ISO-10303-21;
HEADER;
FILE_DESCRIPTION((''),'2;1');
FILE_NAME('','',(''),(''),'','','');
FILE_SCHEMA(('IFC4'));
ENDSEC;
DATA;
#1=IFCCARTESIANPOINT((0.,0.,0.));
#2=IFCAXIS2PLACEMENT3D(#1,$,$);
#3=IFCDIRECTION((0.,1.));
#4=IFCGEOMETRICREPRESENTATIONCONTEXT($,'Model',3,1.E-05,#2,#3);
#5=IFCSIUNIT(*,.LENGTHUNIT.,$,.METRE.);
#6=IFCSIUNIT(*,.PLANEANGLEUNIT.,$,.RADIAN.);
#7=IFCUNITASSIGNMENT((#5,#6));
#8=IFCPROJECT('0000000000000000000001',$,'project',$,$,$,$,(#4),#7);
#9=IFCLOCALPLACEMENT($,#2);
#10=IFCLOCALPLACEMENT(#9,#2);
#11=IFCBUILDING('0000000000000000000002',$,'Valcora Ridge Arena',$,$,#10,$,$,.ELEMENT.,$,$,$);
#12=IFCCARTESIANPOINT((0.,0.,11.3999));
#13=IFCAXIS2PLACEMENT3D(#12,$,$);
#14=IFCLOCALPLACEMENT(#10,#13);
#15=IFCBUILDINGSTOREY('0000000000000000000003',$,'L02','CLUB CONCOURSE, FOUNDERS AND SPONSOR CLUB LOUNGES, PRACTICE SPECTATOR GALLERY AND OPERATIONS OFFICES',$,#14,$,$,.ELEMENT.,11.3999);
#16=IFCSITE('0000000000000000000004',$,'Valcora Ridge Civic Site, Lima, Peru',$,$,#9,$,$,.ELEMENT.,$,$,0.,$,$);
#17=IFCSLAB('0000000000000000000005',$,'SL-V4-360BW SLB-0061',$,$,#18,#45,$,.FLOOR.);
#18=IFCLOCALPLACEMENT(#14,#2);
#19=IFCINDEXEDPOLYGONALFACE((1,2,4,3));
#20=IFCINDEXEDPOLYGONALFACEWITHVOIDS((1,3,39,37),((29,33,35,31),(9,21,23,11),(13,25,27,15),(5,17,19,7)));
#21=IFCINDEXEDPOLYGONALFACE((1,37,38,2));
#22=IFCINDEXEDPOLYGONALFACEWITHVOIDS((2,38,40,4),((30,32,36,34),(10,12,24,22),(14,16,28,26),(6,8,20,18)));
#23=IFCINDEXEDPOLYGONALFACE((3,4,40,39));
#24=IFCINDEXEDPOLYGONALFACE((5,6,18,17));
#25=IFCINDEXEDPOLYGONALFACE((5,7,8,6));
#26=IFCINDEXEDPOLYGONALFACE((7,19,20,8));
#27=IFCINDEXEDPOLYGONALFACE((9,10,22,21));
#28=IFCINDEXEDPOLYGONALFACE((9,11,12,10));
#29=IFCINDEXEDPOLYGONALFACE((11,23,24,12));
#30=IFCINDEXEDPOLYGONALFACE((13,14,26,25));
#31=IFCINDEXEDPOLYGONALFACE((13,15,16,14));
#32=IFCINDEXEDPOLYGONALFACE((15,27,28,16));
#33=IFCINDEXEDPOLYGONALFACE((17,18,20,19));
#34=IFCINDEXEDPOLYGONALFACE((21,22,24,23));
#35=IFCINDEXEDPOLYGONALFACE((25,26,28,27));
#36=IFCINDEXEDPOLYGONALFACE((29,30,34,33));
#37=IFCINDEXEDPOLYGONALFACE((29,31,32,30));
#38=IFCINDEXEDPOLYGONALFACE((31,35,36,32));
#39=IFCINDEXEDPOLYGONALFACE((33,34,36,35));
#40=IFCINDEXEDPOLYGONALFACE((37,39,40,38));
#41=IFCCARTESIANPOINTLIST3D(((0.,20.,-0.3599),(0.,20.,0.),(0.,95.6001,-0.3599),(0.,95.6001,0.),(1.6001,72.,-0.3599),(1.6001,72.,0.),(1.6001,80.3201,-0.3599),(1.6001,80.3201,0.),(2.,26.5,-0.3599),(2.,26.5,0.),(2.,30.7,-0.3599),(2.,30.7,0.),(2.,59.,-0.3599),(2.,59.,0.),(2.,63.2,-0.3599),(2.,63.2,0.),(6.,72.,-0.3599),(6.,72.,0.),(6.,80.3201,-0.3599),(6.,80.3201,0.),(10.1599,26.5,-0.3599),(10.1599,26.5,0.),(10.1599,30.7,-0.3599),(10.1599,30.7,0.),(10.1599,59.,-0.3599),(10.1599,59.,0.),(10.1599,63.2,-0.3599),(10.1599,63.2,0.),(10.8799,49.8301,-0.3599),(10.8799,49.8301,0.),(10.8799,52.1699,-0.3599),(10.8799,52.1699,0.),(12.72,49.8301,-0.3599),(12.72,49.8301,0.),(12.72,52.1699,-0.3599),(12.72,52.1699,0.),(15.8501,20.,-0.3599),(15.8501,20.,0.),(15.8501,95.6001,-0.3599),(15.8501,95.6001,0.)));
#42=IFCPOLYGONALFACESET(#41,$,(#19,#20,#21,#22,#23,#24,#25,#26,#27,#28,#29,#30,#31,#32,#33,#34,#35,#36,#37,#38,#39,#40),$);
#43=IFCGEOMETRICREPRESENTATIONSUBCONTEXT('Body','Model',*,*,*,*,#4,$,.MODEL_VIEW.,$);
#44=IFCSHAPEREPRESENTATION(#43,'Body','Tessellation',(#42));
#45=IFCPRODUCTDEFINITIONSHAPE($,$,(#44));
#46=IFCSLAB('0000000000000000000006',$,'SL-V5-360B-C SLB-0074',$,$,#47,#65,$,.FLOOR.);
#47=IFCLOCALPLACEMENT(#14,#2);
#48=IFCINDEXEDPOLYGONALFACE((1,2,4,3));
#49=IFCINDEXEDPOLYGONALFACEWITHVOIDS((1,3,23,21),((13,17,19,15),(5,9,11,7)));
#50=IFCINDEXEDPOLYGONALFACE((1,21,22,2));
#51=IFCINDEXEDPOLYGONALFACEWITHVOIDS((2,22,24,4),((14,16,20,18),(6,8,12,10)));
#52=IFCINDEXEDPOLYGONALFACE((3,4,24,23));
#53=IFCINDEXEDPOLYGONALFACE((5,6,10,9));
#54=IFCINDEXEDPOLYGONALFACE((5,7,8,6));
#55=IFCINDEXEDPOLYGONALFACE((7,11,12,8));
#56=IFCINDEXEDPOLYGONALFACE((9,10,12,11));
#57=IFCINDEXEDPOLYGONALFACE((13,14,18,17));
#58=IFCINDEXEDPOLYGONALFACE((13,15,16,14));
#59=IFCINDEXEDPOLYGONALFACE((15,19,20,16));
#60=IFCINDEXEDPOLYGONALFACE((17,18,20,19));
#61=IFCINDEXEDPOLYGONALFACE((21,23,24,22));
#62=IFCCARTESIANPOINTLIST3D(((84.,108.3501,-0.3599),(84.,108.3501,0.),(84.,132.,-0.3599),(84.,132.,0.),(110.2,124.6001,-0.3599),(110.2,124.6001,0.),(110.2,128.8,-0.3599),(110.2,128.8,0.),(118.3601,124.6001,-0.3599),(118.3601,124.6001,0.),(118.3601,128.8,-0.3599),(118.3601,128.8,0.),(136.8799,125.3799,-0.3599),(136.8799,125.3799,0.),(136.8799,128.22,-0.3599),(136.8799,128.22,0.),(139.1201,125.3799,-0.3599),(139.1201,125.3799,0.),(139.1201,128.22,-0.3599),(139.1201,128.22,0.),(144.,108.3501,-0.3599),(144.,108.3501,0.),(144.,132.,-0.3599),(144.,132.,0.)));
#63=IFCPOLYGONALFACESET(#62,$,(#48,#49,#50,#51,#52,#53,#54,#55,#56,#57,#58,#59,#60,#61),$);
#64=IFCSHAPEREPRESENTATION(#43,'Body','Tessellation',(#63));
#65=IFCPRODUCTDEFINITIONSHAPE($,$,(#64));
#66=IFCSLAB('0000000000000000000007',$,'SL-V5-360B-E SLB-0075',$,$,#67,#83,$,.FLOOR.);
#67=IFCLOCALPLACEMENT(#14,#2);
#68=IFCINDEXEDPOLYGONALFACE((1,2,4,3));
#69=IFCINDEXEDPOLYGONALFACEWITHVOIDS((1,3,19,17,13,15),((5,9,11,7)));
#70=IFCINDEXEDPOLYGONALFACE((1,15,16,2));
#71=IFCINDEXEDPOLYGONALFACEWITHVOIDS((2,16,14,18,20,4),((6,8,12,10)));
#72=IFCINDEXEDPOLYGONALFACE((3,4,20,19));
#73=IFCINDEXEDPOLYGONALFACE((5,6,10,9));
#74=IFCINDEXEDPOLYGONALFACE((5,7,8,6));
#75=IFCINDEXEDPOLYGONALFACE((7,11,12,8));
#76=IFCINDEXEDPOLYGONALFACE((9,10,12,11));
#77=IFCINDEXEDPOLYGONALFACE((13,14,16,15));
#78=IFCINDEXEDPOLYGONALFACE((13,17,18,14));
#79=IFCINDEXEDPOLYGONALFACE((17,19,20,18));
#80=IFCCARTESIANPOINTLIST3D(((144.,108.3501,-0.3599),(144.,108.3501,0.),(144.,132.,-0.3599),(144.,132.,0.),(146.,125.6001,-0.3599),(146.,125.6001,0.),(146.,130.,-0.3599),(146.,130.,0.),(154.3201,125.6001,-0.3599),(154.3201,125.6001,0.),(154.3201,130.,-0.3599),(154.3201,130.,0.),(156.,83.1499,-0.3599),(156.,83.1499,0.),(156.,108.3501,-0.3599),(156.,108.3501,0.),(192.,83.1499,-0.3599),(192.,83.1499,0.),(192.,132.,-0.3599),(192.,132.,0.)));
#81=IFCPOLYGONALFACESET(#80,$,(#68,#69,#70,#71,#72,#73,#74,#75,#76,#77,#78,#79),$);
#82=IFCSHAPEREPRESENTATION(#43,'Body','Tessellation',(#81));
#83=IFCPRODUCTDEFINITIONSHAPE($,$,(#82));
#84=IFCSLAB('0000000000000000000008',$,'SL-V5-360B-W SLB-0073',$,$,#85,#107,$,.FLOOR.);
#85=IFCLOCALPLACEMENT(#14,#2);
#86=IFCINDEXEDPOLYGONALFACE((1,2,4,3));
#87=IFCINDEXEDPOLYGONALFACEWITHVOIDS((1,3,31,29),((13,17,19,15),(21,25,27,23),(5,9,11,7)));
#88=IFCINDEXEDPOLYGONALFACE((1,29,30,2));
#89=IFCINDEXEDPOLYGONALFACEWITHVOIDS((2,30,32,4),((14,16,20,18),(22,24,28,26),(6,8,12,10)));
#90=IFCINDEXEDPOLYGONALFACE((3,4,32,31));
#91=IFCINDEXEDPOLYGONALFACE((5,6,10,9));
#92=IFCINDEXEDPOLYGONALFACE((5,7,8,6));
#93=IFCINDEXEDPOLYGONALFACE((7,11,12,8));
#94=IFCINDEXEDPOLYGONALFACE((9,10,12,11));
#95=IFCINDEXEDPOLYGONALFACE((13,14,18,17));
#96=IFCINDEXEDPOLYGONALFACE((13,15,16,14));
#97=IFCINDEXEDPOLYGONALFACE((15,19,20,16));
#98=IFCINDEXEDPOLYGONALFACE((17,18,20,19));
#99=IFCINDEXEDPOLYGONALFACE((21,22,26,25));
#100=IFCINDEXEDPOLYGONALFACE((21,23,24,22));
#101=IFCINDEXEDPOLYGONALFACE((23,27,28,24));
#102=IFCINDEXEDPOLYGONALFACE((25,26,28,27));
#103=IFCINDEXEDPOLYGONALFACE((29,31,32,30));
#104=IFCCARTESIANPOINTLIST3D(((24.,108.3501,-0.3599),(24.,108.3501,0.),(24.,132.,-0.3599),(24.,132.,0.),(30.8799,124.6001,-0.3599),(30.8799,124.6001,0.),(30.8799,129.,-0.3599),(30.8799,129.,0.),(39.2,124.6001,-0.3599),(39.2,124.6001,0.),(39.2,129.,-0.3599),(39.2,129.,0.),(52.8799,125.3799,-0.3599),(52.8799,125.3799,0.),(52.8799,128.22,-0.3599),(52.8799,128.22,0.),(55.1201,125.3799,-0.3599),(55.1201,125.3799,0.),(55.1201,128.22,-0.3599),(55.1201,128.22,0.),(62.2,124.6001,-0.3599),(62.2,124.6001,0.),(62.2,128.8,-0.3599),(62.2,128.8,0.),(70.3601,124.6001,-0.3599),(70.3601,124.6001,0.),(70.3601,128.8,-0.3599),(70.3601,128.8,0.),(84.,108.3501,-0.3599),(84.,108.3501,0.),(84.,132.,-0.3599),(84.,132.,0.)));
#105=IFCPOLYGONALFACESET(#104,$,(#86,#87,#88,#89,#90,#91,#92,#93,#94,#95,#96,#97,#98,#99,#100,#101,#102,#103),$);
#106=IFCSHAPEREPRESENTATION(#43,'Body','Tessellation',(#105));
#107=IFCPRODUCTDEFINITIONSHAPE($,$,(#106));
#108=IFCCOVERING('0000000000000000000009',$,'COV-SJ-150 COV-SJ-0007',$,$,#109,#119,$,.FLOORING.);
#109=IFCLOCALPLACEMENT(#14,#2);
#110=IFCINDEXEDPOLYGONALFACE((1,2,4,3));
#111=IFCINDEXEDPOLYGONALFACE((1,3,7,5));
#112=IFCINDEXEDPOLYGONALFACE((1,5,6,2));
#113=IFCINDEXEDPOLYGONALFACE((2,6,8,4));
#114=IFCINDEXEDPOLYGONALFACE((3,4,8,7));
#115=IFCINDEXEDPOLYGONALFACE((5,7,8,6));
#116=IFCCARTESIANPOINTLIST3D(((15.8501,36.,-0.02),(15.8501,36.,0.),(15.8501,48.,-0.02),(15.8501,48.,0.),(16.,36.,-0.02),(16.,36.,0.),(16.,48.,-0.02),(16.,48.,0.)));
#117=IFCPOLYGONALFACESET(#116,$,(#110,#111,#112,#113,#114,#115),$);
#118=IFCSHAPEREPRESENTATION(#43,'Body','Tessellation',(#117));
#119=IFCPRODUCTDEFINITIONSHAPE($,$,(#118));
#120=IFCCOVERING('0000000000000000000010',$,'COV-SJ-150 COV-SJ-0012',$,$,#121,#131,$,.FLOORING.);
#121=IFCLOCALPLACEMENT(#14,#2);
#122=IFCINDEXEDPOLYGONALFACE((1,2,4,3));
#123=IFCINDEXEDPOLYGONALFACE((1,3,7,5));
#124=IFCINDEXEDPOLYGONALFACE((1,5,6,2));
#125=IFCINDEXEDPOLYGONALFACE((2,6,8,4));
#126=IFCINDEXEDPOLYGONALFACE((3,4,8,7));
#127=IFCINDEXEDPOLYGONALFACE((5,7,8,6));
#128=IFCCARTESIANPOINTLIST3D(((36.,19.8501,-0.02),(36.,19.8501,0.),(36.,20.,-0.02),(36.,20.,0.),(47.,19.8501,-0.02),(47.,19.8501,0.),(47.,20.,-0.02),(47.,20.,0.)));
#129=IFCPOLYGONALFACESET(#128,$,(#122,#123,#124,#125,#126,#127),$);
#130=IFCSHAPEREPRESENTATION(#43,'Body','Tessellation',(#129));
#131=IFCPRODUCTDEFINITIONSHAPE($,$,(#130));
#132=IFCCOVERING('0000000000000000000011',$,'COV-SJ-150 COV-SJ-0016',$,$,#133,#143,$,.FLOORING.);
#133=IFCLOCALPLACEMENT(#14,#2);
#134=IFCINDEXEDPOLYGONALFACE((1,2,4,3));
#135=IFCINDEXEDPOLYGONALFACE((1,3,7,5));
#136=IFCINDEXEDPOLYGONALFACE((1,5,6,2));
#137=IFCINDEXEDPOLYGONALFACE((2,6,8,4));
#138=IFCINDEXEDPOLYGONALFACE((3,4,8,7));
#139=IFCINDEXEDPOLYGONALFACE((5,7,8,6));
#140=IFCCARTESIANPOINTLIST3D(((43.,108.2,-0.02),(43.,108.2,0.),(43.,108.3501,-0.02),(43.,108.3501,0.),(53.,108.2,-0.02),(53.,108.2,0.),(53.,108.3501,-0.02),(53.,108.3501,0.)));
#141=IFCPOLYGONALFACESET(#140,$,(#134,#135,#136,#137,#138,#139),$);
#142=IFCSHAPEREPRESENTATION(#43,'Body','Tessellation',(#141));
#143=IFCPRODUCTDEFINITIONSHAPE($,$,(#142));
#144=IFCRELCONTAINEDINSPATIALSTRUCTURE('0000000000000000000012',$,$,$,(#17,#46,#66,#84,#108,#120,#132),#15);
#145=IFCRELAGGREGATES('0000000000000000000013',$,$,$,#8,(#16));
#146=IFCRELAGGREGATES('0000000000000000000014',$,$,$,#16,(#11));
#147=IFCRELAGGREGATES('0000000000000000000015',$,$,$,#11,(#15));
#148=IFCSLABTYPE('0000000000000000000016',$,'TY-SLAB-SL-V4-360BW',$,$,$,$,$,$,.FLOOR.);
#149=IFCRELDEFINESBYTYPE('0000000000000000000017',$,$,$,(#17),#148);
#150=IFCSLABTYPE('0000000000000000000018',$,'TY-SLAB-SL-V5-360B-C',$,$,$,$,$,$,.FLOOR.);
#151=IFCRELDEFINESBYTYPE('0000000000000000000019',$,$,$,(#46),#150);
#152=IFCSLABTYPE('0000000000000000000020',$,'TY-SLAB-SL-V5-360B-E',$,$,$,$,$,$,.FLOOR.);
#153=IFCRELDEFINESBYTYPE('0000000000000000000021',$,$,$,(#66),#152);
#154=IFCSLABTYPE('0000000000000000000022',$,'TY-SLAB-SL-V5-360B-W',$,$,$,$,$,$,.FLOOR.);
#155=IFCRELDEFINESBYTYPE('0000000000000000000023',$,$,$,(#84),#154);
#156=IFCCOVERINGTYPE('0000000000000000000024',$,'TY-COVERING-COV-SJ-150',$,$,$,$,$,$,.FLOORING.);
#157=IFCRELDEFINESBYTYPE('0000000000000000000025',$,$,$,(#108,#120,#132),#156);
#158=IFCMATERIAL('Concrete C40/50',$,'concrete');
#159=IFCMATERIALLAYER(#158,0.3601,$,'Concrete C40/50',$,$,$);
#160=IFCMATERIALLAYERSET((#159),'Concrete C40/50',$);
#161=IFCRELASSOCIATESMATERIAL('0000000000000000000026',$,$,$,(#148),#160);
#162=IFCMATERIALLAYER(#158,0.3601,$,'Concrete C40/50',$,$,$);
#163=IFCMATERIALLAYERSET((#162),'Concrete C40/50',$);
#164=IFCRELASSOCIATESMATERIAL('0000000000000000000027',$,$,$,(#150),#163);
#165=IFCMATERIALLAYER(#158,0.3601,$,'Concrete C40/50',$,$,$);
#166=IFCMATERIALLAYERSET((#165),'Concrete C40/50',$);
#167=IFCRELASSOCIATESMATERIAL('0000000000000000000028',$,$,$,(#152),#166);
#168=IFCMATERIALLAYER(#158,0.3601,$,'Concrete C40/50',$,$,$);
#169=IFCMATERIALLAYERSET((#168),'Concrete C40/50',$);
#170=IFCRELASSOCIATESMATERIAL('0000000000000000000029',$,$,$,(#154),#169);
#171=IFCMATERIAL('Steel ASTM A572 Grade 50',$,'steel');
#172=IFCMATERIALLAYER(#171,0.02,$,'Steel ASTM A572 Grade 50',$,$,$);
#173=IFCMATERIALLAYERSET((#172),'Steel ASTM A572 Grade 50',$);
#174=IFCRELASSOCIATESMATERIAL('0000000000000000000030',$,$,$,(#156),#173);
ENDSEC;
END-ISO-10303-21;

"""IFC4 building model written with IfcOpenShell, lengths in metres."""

from ifc_helpers import new_model, si_unit, direction, frame, origin, place, context, subcontext, project, spatial, polyline, outline, extrude, material, layer, layer_set, type_object, element, save


model = new_model("IFC4")

# Units and contexts
model_context = context("Model", 3, precision=1e-05, world=origin(), true_north=direction((0.0, 1.0)))
body_context = subcontext(model_context, "Body", "Model", "MODEL_VIEW")
ifc_project = project(units=[si_unit("LENGTHUNIT", "METRE"), si_unit("PLANEANGLEUNIT", "RADIAN")], contexts=[model_context])

# Site, building, storey
site_placement = place(None, origin())
site = spatial("IfcSite", under=ifc_project, at=site_placement, Name="Valcora Ridge Civic Site, Lima, Peru", CompositionType="ELEMENT", RefElevation=0.0)
building_placement = place(site_placement, origin())
building = spatial("IfcBuilding", under=site, at=building_placement, Name="Valcora Ridge Arena", CompositionType="ELEMENT")
storey_placement = place(building_placement, frame((0.0, 0.0, 11.3999)))
storey = spatial("IfcBuildingStorey", under=building, at=storey_placement, Name="L02", Description="CLUB CONCOURSE, FOUNDERS AND SPONSOR CLUB LOUNGES, PRACTICE SPECTATOR GALLERY AND OPERATIONS OFFICES", CompositionType="ELEMENT", Elevation=11.3999)

# Shared definitions
ifc_material_1 = material(Name="Concrete C40/50", Category="concrete")

# Slabs
ifc_layer_1 = layer(ifc_material_1, 0.3601, Name="Concrete C40/50")
ifc_layer_set_1 = layer_set([ifc_layer_1], Name="Concrete C40/50")
slab_type_1 = type_object("IfcSlabType", Name="TY-SLAB-SL-V4-360BW", PredefinedType="FLOOR", material=ifc_layer_set_1)
slab_1_placement = place(storey_placement, frame((0.0, 0.0, -0.3599)))
element("IfcSlab", 1, at=slab_1_placement, inside=storey, type_object=slab_type_1, Name="SL-V4-360BW SLB-0061", PredefinedType="FLOOR", context=body_context, shape_type="SweptSolid", body=[
    extrude(outline(polyline([(0.0, 20.0), (15.8501, 20.0), (15.8501, 95.6001), (0.0, 95.6001), (0.0, 20.0)]), holes=[polyline([(2.0, 30.7), (2.0, 26.5), (10.1599, 26.5), (10.1599, 30.7), (2.0, 30.7)]), polyline([(10.1599, 63.2), (2.0, 63.2), (2.0, 59.0), (10.1599, 59.0), (10.1599, 63.2)]), polyline([(1.6001, 80.3201), (1.6001, 72.0), (6.0, 72.0), (6.0, 80.3201), (1.6001, 80.3201)]), polyline([(10.8799, 52.1699), (10.8799, 49.8301), (12.72, 49.8301), (12.72, 52.1699), (10.8799, 52.1699)])]), origin(), (0.0, 0.0, 1.0), 0.3599),
])
ifc_layer_2 = layer(ifc_material_1, 0.3601, Name="Concrete C40/50")
ifc_layer_set_2 = layer_set([ifc_layer_2], Name="Concrete C40/50")
slab_type_2 = type_object("IfcSlabType", Name="TY-SLAB-SL-V5-360B-C", PredefinedType="FLOOR", material=ifc_layer_set_2)
slab_2_placement = place(storey_placement, frame((0.0, 0.0, -0.3599)))
element("IfcSlab", 2, at=slab_2_placement, inside=storey, type_object=slab_type_2, Name="SL-V5-360B-C SLB-0074", PredefinedType="FLOOR", context=body_context, shape_type="SweptSolid", body=[
    extrude(outline(polyline([(84.0, 132.0), (84.0, 108.3501), (144.0, 108.3501), (144.0, 132.0), (84.0, 132.0)]), holes=[polyline([(118.3601, 128.8), (110.2, 128.8), (110.2, 124.6001), (118.3601, 124.6001), (118.3601, 128.8)]), polyline([(139.1201, 128.22), (136.8799, 128.22), (136.8799, 125.3799), (139.1201, 125.3799), (139.1201, 128.22)])]), origin(), (0.0, 0.0, 1.0), 0.3599),
])
ifc_layer_3 = layer(ifc_material_1, 0.3601, Name="Concrete C40/50")
ifc_layer_set_3 = layer_set([ifc_layer_3], Name="Concrete C40/50")
slab_type_3 = type_object("IfcSlabType", Name="TY-SLAB-SL-V5-360B-E", PredefinedType="FLOOR", material=ifc_layer_set_3)
slab_3_placement = place(storey_placement, frame((0.0, 0.0, -0.3599)))
element("IfcSlab", 3, at=slab_3_placement, inside=storey, type_object=slab_type_3, Name="SL-V5-360B-E SLB-0075", PredefinedType="FLOOR", context=body_context, shape_type="SweptSolid", body=[
    extrude(outline(polyline([(156.0, 108.3501), (156.0, 83.1499), (192.0, 83.1499), (192.0, 132.0), (144.0, 132.0), (144.0, 108.3501), (156.0, 108.3501)]), holes=[polyline([(154.3201, 130.0), (146.0, 130.0), (146.0, 125.6001), (154.3201, 125.6001), (154.3201, 130.0)])]), origin(), (0.0, 0.0, 1.0), 0.3599),
])
ifc_layer_4 = layer(ifc_material_1, 0.3601, Name="Concrete C40/50")
ifc_layer_set_4 = layer_set([ifc_layer_4], Name="Concrete C40/50")
slab_type_4 = type_object("IfcSlabType", Name="TY-SLAB-SL-V5-360B-W", PredefinedType="FLOOR", material=ifc_layer_set_4)
slab_4_placement = place(storey_placement, frame((0.0, 0.0, -0.3599)))
element("IfcSlab", 4, at=slab_4_placement, inside=storey, type_object=slab_type_4, Name="SL-V5-360B-W SLB-0073", PredefinedType="FLOOR", context=body_context, shape_type="SweptSolid", body=[
    extrude(outline(polyline([(24.0, 132.0), (24.0, 108.3501), (84.0, 108.3501), (84.0, 132.0), (24.0, 132.0)]), holes=[polyline([(39.2, 129.0), (30.8799, 129.0), (30.8799, 124.6001), (39.2, 124.6001), (39.2, 129.0)]), polyline([(62.2, 128.8), (62.2, 124.6001), (70.3601, 124.6001), (70.3601, 128.8), (62.2, 128.8)]), polyline([(55.1201, 128.22), (52.8799, 128.22), (52.8799, 125.3799), (55.1201, 125.3799), (55.1201, 128.22)])]), origin(), (0.0, 0.0, 1.0), 0.3599),
])

# Coverings
ifc_material_2 = material(Name="Steel ASTM A572 Grade 50", Category="steel")
ifc_layer_5 = layer(ifc_material_2, 0.02, Name="Steel ASTM A572 Grade 50")
ifc_layer_set_5 = layer_set([ifc_layer_5], Name="Steel ASTM A572 Grade 50")
covering_type = type_object("IfcCoveringType", Name="TY-COVERING-COV-SJ-150", PredefinedType="FLOORING", material=ifc_layer_set_5)
covering_1_placement = place(storey_placement, frame((0.0, 0.0, -0.02)))
element("IfcCovering", 5, at=covering_1_placement, inside=storey, type_object=covering_type, Name="COV-SJ-150 COV-SJ-0007", PredefinedType="FLOORING", context=body_context, shape_type="SweptSolid", body=[
    extrude(outline(polyline([(15.8501, 36.0), (16.0, 36.0), (16.0, 48.0), (15.8501, 48.0), (15.8501, 36.0)])), origin(), (0.0, 0.0, 1.0), 0.02),
])
covering_2_placement = place(storey_placement, frame((0.0, 0.0, -0.02)))
element("IfcCovering", 6, at=covering_2_placement, inside=storey, type_object=covering_type, Name="COV-SJ-150 COV-SJ-0012", PredefinedType="FLOORING", context=body_context, shape_type="SweptSolid", body=[
    extrude(outline(polyline([(36.0, 19.8501), (47.0, 19.8501), (47.0, 20.0), (36.0, 20.0), (36.0, 19.8501)])), origin(), (0.0, 0.0, 1.0), 0.02),
])
covering_3_placement = place(storey_placement, frame((0.0, 0.0, -0.02)))
element("IfcCovering", 7, at=covering_3_placement, inside=storey, type_object=covering_type, Name="COV-SJ-150 COV-SJ-0016", PredefinedType="FLOORING", context=body_context, shape_type="SweptSolid", body=[
    extrude(outline(polyline([(43.0, 108.2), (53.0, 108.2), (53.0, 108.3501), (43.0, 108.3501), (43.0, 108.2)])), origin(), (0.0, 0.0, 1.0), 0.02),
])

save(model, "model.ifc")
